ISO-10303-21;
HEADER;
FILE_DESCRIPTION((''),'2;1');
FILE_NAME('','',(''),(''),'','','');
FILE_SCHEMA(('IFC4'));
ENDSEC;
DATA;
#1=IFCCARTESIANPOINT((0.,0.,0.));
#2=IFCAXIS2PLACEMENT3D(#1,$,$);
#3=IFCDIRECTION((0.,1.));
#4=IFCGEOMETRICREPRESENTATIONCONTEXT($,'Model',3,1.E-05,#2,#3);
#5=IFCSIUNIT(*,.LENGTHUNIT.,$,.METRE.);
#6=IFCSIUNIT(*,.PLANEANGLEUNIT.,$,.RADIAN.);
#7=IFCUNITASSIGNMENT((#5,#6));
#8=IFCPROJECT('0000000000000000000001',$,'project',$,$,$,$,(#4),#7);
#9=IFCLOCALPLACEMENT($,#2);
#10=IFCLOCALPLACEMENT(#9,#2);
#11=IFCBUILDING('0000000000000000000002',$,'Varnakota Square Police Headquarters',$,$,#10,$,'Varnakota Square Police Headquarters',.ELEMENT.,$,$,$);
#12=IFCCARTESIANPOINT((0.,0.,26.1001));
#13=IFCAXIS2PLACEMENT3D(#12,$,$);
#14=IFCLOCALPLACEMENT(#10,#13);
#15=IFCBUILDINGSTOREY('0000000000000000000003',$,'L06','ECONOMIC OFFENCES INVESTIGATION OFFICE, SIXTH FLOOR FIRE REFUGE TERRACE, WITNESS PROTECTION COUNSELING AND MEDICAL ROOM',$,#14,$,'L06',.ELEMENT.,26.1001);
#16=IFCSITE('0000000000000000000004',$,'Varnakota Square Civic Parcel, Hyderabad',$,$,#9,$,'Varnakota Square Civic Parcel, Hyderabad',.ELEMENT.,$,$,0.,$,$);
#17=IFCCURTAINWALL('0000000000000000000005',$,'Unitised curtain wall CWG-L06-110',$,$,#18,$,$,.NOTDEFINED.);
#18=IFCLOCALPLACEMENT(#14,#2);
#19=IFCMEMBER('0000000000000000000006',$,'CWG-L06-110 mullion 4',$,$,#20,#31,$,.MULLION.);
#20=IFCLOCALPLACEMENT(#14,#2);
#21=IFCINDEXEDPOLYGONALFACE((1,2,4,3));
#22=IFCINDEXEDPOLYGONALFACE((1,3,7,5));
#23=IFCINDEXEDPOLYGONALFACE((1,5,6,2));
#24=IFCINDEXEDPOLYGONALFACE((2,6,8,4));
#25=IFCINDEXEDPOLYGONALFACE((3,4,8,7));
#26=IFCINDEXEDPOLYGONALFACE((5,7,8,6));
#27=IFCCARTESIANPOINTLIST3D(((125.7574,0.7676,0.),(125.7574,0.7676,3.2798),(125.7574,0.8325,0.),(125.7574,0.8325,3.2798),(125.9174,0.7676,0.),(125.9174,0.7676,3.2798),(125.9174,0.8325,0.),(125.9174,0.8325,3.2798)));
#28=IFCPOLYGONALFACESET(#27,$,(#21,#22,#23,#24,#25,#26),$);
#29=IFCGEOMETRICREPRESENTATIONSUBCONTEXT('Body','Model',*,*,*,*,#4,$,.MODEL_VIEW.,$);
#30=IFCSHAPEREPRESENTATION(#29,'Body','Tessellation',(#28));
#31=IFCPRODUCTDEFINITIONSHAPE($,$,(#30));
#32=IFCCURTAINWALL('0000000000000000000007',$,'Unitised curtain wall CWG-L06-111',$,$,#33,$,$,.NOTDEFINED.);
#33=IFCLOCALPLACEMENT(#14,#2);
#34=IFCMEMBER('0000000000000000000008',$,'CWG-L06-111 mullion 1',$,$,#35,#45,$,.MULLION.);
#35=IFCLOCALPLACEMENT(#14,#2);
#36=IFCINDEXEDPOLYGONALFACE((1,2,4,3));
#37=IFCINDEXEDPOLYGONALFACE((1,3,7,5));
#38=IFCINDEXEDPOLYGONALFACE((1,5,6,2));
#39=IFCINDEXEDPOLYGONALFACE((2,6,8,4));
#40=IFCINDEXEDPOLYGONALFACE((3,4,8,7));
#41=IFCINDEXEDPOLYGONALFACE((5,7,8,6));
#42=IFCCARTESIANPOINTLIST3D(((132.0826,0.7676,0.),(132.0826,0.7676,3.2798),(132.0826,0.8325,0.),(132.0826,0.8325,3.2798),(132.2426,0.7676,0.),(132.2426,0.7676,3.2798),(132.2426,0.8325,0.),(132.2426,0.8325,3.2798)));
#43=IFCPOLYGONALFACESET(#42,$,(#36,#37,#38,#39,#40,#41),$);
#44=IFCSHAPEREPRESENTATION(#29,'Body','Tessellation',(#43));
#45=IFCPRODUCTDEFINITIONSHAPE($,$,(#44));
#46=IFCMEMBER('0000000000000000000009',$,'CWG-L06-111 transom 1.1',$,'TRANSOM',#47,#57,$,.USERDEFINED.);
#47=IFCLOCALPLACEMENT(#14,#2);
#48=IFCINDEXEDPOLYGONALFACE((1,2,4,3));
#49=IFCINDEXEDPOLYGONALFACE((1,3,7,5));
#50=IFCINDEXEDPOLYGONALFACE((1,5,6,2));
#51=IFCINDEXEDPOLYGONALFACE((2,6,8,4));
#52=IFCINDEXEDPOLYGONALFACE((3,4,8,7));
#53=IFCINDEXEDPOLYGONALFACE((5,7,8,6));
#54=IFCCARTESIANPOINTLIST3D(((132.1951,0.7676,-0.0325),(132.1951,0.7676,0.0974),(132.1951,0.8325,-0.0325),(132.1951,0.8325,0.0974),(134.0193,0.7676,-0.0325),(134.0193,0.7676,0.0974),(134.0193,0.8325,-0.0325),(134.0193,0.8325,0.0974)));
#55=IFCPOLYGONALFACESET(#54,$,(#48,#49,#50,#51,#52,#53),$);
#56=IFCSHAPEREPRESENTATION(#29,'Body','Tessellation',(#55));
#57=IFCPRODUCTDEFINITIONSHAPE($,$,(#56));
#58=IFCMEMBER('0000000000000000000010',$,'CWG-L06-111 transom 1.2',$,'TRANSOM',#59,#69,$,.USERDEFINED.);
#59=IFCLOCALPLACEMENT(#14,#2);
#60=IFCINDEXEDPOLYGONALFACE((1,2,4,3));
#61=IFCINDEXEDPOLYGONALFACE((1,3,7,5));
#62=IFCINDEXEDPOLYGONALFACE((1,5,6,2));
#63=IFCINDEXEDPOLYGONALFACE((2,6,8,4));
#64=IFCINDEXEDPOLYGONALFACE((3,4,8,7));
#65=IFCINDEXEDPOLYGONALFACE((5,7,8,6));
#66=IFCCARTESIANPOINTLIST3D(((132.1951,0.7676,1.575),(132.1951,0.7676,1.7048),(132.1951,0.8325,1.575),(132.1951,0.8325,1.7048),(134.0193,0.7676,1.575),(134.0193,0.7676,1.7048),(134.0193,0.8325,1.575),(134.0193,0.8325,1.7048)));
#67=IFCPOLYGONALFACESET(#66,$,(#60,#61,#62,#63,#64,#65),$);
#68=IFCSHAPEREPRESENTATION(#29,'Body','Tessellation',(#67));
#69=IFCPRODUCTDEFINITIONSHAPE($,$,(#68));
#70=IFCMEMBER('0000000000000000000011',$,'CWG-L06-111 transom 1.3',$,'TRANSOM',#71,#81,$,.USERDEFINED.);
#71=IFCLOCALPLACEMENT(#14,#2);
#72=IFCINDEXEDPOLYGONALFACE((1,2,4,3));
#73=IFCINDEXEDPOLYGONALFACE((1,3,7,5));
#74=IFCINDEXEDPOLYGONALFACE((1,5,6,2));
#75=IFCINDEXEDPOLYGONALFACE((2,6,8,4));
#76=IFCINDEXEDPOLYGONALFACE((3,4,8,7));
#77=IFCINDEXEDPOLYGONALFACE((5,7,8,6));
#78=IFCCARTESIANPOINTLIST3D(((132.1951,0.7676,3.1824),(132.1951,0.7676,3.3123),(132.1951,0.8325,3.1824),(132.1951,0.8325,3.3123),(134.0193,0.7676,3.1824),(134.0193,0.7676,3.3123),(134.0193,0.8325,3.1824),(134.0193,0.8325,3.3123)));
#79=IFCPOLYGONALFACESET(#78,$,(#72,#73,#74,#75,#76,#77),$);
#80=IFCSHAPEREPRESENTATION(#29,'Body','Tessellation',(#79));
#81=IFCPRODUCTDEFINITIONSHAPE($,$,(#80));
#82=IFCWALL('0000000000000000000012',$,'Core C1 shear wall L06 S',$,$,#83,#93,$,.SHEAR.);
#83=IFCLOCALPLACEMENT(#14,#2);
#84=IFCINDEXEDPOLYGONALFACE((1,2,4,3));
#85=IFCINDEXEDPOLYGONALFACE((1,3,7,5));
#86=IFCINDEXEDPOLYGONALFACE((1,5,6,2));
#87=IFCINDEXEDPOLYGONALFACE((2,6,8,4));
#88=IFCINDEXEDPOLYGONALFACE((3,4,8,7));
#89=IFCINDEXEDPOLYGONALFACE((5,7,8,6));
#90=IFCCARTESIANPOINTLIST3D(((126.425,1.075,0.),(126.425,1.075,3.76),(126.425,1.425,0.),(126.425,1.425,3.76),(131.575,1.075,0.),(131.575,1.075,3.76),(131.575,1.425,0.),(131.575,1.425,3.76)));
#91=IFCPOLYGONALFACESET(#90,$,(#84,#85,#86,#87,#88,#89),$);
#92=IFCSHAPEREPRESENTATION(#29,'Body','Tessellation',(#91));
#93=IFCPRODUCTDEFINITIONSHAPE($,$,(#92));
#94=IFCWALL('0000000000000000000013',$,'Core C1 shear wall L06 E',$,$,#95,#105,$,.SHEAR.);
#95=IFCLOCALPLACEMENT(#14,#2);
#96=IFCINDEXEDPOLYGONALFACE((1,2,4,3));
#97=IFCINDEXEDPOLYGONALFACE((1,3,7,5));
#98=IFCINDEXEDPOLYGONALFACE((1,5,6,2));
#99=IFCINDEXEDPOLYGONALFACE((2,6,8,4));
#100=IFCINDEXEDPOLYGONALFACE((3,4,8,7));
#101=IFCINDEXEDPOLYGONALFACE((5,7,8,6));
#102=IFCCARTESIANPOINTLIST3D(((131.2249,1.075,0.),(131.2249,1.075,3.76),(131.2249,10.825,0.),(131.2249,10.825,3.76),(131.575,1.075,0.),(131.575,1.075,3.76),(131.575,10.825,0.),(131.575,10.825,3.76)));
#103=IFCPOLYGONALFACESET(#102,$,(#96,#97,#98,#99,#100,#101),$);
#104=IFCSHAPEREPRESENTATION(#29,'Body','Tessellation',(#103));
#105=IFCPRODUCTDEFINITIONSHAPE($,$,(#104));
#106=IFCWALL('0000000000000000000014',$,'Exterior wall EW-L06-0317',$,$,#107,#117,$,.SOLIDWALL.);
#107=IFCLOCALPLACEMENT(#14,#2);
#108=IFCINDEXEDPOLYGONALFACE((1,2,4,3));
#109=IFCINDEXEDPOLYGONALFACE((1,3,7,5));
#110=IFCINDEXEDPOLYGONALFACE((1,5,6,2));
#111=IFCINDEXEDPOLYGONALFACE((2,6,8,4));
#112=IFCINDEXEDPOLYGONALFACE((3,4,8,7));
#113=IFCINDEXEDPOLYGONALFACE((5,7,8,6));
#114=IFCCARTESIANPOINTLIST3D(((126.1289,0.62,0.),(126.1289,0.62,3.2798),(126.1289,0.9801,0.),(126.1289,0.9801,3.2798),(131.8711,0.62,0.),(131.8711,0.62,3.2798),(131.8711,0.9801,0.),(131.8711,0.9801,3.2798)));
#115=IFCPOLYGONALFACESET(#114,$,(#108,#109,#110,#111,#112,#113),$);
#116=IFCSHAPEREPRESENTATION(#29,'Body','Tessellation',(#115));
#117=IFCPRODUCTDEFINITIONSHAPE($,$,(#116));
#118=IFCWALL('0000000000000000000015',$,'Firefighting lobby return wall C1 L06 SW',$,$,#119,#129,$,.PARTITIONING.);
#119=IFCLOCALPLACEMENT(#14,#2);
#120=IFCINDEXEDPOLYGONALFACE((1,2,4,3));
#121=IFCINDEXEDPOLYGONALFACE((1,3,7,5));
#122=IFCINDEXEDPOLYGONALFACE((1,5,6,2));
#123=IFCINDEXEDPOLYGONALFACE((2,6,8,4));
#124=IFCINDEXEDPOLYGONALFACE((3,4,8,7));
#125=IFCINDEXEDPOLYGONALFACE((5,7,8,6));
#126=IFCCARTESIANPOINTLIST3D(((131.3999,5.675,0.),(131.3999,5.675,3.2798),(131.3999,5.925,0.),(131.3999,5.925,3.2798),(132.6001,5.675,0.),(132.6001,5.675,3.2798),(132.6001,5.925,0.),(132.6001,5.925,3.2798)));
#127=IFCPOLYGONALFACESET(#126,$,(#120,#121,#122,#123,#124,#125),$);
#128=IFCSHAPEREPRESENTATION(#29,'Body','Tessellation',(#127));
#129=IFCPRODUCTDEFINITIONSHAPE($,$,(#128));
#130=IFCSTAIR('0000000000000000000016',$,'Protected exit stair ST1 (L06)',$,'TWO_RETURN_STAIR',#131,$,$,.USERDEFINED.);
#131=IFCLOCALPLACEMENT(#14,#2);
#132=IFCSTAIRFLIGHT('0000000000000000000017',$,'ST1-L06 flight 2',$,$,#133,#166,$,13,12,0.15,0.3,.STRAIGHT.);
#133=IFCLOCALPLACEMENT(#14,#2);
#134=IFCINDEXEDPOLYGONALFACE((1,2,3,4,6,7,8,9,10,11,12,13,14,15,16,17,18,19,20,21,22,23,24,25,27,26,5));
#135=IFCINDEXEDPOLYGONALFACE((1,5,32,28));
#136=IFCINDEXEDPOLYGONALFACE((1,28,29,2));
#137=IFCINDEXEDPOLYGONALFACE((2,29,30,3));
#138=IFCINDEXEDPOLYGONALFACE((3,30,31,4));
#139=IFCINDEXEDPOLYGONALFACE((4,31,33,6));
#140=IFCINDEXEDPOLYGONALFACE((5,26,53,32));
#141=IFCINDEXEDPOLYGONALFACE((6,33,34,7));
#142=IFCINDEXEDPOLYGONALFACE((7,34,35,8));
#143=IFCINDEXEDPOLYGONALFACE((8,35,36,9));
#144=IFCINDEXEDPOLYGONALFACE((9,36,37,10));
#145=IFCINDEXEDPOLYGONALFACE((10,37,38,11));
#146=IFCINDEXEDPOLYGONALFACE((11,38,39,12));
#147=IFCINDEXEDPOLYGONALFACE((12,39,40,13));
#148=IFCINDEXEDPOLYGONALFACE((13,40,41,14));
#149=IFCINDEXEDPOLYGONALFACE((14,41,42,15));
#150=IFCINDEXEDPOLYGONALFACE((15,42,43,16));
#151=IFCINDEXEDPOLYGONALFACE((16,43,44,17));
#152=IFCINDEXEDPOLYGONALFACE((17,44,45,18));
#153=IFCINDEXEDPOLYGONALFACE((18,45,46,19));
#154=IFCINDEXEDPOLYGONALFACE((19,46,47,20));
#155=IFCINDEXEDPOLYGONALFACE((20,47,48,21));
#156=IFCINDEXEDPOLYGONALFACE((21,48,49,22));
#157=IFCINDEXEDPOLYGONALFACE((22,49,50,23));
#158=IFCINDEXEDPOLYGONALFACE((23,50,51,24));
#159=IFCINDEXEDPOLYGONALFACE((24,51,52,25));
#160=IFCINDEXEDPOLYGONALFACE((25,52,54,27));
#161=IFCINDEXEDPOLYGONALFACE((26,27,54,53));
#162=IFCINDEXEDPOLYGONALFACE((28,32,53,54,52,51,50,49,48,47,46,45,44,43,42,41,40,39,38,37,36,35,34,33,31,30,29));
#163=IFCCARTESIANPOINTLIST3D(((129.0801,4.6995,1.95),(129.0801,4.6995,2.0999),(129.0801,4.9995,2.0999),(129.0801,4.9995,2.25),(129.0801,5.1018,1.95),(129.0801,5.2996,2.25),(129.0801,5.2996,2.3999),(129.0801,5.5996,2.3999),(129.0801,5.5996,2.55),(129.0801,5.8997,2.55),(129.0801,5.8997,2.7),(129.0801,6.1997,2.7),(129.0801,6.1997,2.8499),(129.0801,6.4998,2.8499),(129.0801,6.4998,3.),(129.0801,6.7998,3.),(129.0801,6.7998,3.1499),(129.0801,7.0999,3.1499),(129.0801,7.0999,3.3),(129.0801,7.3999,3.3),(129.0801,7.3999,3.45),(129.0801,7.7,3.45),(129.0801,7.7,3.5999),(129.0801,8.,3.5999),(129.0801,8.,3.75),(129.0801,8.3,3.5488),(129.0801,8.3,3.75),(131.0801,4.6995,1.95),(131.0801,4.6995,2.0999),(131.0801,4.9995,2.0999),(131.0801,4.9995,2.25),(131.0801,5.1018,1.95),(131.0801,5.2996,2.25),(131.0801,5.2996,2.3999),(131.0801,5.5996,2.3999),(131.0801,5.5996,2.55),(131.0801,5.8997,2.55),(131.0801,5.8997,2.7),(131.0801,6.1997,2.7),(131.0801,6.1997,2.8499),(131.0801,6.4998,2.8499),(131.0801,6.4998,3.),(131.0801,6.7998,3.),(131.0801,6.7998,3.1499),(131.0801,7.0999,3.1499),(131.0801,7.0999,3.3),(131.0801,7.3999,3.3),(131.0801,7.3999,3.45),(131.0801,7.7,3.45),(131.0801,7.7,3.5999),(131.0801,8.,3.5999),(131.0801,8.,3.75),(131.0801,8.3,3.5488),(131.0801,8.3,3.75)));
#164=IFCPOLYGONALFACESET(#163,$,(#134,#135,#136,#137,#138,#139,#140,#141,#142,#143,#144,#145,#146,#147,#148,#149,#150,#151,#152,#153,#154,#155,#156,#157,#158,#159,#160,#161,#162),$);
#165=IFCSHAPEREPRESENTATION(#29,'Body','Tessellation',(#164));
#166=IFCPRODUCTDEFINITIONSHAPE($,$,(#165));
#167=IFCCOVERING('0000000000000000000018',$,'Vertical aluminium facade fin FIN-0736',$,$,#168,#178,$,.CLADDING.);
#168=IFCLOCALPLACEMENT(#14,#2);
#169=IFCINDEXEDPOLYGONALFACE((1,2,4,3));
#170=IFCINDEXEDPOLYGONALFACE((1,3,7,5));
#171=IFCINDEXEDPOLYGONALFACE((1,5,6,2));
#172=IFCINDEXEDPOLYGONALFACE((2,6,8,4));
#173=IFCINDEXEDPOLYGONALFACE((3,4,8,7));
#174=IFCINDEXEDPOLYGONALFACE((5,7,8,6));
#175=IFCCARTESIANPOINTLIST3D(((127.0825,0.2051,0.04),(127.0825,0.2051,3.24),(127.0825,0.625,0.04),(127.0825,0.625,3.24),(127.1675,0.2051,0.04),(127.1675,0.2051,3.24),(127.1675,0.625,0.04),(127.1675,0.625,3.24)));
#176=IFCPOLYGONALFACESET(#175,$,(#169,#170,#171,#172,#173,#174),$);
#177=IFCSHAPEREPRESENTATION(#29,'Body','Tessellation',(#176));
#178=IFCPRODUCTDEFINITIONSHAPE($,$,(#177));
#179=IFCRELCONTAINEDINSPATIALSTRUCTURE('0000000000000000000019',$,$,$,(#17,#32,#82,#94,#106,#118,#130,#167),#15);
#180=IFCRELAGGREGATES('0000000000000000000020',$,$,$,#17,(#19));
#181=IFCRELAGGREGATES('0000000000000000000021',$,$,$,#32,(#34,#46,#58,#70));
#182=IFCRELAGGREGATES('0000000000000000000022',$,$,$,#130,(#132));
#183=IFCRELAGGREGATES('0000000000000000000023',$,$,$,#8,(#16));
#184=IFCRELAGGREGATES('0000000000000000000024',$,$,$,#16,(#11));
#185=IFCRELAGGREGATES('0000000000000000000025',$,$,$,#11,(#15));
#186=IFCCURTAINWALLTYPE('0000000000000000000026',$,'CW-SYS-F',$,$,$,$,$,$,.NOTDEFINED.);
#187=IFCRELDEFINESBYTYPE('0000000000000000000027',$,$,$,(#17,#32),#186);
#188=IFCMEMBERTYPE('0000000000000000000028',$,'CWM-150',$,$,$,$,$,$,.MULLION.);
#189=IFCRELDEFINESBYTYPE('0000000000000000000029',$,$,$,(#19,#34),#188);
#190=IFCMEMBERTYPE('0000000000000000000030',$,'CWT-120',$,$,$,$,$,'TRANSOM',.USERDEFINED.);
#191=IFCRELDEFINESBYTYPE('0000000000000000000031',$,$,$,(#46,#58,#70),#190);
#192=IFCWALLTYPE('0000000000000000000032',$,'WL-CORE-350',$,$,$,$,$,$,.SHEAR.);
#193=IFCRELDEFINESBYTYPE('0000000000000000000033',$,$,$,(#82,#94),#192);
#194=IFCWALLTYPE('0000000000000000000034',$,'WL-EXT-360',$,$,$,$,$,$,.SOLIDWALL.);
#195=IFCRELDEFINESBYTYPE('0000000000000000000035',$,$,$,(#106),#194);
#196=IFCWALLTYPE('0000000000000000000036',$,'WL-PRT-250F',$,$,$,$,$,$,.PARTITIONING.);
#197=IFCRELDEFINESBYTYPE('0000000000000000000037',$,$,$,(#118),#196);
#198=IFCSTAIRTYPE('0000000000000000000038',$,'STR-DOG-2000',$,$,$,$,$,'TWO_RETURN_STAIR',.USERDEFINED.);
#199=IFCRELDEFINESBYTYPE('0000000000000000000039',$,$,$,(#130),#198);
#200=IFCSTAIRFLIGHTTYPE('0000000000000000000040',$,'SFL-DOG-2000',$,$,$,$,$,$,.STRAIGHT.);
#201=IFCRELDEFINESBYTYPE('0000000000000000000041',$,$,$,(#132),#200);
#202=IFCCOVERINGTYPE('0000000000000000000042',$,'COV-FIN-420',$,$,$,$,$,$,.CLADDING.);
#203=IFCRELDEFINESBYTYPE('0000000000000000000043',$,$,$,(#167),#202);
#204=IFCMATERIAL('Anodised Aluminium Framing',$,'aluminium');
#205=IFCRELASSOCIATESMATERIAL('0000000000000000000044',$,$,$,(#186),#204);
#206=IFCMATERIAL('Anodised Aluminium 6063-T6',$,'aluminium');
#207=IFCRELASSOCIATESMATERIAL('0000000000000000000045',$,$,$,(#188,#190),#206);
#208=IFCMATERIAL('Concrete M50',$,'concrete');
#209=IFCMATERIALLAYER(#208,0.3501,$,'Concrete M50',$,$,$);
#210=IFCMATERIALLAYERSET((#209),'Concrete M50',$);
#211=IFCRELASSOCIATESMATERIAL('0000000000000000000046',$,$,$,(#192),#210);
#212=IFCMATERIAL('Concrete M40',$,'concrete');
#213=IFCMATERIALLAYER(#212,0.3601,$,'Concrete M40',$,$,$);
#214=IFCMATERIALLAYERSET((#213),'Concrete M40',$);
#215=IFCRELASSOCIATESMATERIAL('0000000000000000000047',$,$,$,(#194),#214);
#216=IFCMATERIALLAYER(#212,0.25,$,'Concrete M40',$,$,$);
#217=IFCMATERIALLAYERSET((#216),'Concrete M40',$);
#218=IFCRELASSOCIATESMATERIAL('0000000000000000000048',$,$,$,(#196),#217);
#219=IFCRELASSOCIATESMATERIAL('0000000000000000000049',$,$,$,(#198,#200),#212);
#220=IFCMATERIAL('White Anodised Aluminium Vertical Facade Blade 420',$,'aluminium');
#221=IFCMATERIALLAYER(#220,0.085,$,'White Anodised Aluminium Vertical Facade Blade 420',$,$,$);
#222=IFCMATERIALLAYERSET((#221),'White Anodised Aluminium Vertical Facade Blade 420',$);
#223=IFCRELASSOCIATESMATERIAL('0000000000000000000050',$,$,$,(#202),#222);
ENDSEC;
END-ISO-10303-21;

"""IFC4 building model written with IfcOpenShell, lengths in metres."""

from ifc_helpers import new_model, si_unit, direction, frame, frame_2d, origin, origin_2d, place, context, subcontext, project, spatial, polyline, rectangle, outline, extrude, material, layer, layer_set, material_profile, profile_set, type_object, element, aggregate, save


model = new_model("IFC4")

# Units and contexts
model_context = context("Model", 3, precision=1e-05, world=origin(), true_north=direction((0.0, 1.0)))
body_context = subcontext(model_context, "Body", "Model", "MODEL_VIEW")
ifc_project = project(units=[si_unit("LENGTHUNIT", "METRE"), si_unit("PLANEANGLEUNIT", "RADIAN")], contexts=[model_context])

# Site, building, storey
site_placement = place(None, origin())
site = spatial("IfcSite", under=ifc_project, at=site_placement, Name="Varnakota Square Civic Parcel, Hyderabad", LongName="Varnakota Square Civic Parcel, Hyderabad", CompositionType="ELEMENT", RefElevation=0.0)
building_placement = place(site_placement, origin())
building = spatial("IfcBuilding", under=site, at=building_placement, Name="Varnakota Square Police Headquarters", LongName="Varnakota Square Police Headquarters", CompositionType="ELEMENT")
storey_placement = place(building_placement, frame((0.0, 0.0, 26.1001)))
storey = spatial("IfcBuildingStorey", under=building, at=storey_placement, Name="L06", Description="ECONOMIC OFFENCES INVESTIGATION OFFICE, SIXTH FLOOR FIRE REFUGE TERRACE, WITNESS PROTECTION COUNSELING AND MEDICAL ROOM", LongName="L06", CompositionType="ELEMENT", Elevation=26.1001)

# Curtain wall, member
ifc_material_1 = material(Name="Anodised Aluminium Framing", Category="aluminium")
curtain_wall_type = type_object("IfcCurtainWallType", Name="CW-SYS-F", PredefinedType="NOTDEFINED", material=ifc_material_1)
curtain_wall_1_placement = place(storey_placement, origin())
curtain_wall_1 = element("IfcCurtainWall", 1, at=curtain_wall_1_placement, inside=storey, type_object=curtain_wall_type, Name="Unitised curtain wall CWG-L06-110", PredefinedType="NOTDEFINED")
ifc_material_2 = material(Name="Anodised Aluminium 6063-T6", Category="aluminium")
ifc_material_profile_1 = material_profile(ifc_material_2, rectangle(XDim=0.0649, YDim=0.1599, at=origin_2d()), Name="ALU MULLION 65x160")
ifc_profile_set_1 = profile_set([ifc_material_profile_1], Name="Anodised Aluminium 6063-T6")
member_type_1 = type_object("IfcMemberType", Name="CWM-150", PredefinedType="MULLION", material=ifc_profile_set_1)
member_1_placement = place(storey_placement, frame((125.8374, 0.8, 0.0), z_axis=(0.0, 0.0, 1.0), x_axis=(0.0, 1.0, 0.0)))
member_1 = element("IfcMember", 2, at=member_1_placement, type_object=member_type_1, Name="CWG-L06-110 mullion 4", PredefinedType="MULLION", context=body_context, shape_type="SweptSolid", body=[
    extrude(rectangle(XDim=0.0649, YDim=0.1599, at=origin_2d()), origin(), (0.0, 0.0, 1.0), 3.2798),
])
aggregate(curtain_wall_1, [member_1])

# Curtain wall, members
curtain_wall_2_placement = place(storey_placement, origin())
curtain_wall_2 = element("IfcCurtainWall", 3, at=curtain_wall_2_placement, inside=storey, type_object=curtain_wall_type, Name="Unitised curtain wall CWG-L06-111", PredefinedType="NOTDEFINED")
member_2_placement = place(storey_placement, frame((132.1626, 0.8, 0.0), z_axis=(0.0, 0.0, 1.0), x_axis=(0.0, 1.0, 0.0)))
member_2 = element("IfcMember", 4, at=member_2_placement, type_object=member_type_1, Name="CWG-L06-111 mullion 1", PredefinedType="MULLION", context=body_context, shape_type="SweptSolid", body=[
    extrude(rectangle(XDim=0.0649, YDim=0.1599, at=origin_2d()), origin(), (0.0, 0.0, 1.0), 3.2798),
])
ifc_material_profile_2 = material_profile(ifc_material_2, rectangle(XDim=0.0649, YDim=0.1299, at=origin_2d()), Name="ALU TRANSOM 65x130")
ifc_profile_set_2 = profile_set([ifc_material_profile_2], Name="Anodised Aluminium 6063-T6")
member_type_2 = type_object("IfcMemberType", Name="CWT-120", ElementType="TRANSOM", PredefinedType="USERDEFINED", material=ifc_profile_set_2)
member_3_placement = place(storey_placement, frame((132.1951, 0.8, 0.0325), z_axis=(1.0, 0.0, 0.0), x_axis=(0.0, 1.0, 0.0)))
member_3 = element("IfcMember", 5, at=member_3_placement, type_object=member_type_2, Name="CWG-L06-111 transom 1.1", ObjectType="TRANSOM", PredefinedType="USERDEFINED", context=body_context, shape_type="SweptSolid", body=[
    extrude(rectangle(XDim=0.0649, YDim=0.1299, at=origin_2d()), origin(), (0.0, 0.0, 1.0), 1.8242),
])
member_4_placement = place(storey_placement, frame((132.1951, 0.8, 1.6399), z_axis=(1.0, 0.0, 0.0), x_axis=(0.0, 1.0, 0.0)))
member_4 = element("IfcMember", 6, at=member_4_placement, type_object=member_type_2, Name="CWG-L06-111 transom 1.2", ObjectType="TRANSOM", PredefinedType="USERDEFINED", context=body_context, shape_type="SweptSolid", body=[
    extrude(rectangle(XDim=0.0649, YDim=0.1299, at=origin_2d()), origin(), (0.0, 0.0, 1.0), 1.8242),
])
member_5_placement = place(storey_placement, frame((132.1951, 0.8, 3.2473), z_axis=(1.0, 0.0, 0.0), x_axis=(0.0, 1.0, 0.0)))
member_5 = element("IfcMember", 7, at=member_5_placement, type_object=member_type_2, Name="CWG-L06-111 transom 1.3", ObjectType="TRANSOM", PredefinedType="USERDEFINED", context=body_context, shape_type="SweptSolid", body=[
    extrude(rectangle(XDim=0.0649, YDim=0.1299, at=origin_2d()), origin(), (0.0, 0.0, 1.0), 1.8242),
])
aggregate(curtain_wall_2, [member_2, member_3, member_4, member_5])

# Walls
ifc_material_3 = material(Name="Concrete M50", Category="concrete")
ifc_layer_1 = layer(ifc_material_3, 0.3501, Name="Concrete M50")
ifc_layer_set_1 = layer_set([ifc_layer_1], Name="Concrete M50")
wall_type_1 = type_object("IfcWallType", Name="WL-CORE-350", PredefinedType="SHEAR", material=ifc_layer_set_1)
wall_1_placement = place(storey_placement, frame((126.425, 1.25, 0.0), z_axis=(0.0, 0.0, 1.0), x_axis=(1.0, 0.0, 0.0)))
element("IfcWall", 8, at=wall_1_placement, inside=storey, type_object=wall_type_1, Name="Core C1 shear wall L06 S", PredefinedType="SHEAR", context=body_context, shape_type="SweptSolid", body=[
    extrude(rectangle(XDim=5.1499, YDim=0.3501, at=frame_2d((2.575, 0.0))), origin(), (0.0, 0.0, 1.0), 3.76),
])
wall_2_placement = place(storey_placement, frame((131.3999, 1.075, 0.0), z_axis=(0.0, 0.0, 1.0), x_axis=(0.0, 1.0, 0.0)))
element("IfcWall", 9, at=wall_2_placement, inside=storey, type_object=wall_type_1, Name="Core C1 shear wall L06 E", PredefinedType="SHEAR", context=body_context, shape_type="SweptSolid", body=[
    extrude(rectangle(XDim=9.75, YDim=0.3501, at=frame_2d((4.875, 0.0))), origin(), (0.0, 0.0, 1.0), 3.76),
])
ifc_material_4 = material(Name="Concrete M40", Category="concrete")
ifc_layer_2 = layer(ifc_material_4, 0.3601, Name="Concrete M40")
ifc_layer_set_2 = layer_set([ifc_layer_2], Name="Concrete M40")
wall_type_2 = type_object("IfcWallType", Name="WL-EXT-360", PredefinedType="SOLIDWALL", material=ifc_layer_set_2)
wall_3_placement = place(storey_placement, frame((126.1289, 0.8, 0.0), z_axis=(0.0, 0.0, 1.0), x_axis=(1.0, 0.0, 0.0)))
element("IfcWall", 10, at=wall_3_placement, inside=storey, type_object=wall_type_2, Name="Exterior wall EW-L06-0317", PredefinedType="SOLIDWALL", context=body_context, shape_type="SweptSolid", body=[
    extrude(rectangle(XDim=5.7422, YDim=0.3601, at=frame_2d((2.8711, 0.0))), origin(), (0.0, 0.0, 1.0), 3.2798),
])
ifc_layer_3 = layer(ifc_material_4, 0.25, Name="Concrete M40")
ifc_layer_set_3 = layer_set([ifc_layer_3], Name="Concrete M40")
wall_type_3 = type_object("IfcWallType", Name="WL-PRT-250F", PredefinedType="PARTITIONING", material=ifc_layer_set_3)
wall_4_placement = place(storey_placement, frame((131.3999, 5.8, 0.0), z_axis=(0.0, 0.0, 1.0), x_axis=(1.0, 0.0, 0.0)))
element("IfcWall", 11, at=wall_4_placement, inside=storey, type_object=wall_type_3, Name="Firefighting lobby return wall C1 L06 SW", PredefinedType="PARTITIONING", context=body_context, shape_type="SweptSolid", body=[
    extrude(rectangle(XDim=1.2002, YDim=0.25, at=frame_2d((0.6001, 0.0))), origin(), (0.0, 0.0, 1.0), 3.2798),
])

# Stair, stair flight
stair_type = type_object("IfcStairType", Name="STR-DOG-2000", ElementType="TWO_RETURN_STAIR", PredefinedType="USERDEFINED", material=ifc_material_4)
stair_placement = place(storey_placement, origin())
stair = element("IfcStair", 12, at=stair_placement, inside=storey, type_object=stair_type, Name="Protected exit stair ST1 (L06)", ObjectType="TWO_RETURN_STAIR", PredefinedType="USERDEFINED")
stair_flight_type = type_object("IfcStairFlightType", Name="SFL-DOG-2000", PredefinedType="STRAIGHT", material=ifc_material_4)
stair_flight_placement = place(storey_placement, frame((130.0801, 4.6995, 1.95), z_axis=(0.0, 0.0, 1.0), x_axis=(0.0, 1.0, 0.0)))
stair_flight = element("IfcStairFlight", 13, at=stair_flight_placement, type_object=stair_flight_type, Name="ST1-L06 flight 2", NumberOfRisers=13, NumberOfTreads=12, PredefinedType="STRAIGHT", RiserHeight=0.15, TreadLength=0.3, context=body_context, shape_type="SweptSolid", body=[
    extrude(outline(polyline([(0.0, 0.0), (0.0, 0.1499), (0.3, 0.1499), (0.3, 0.3), (0.6001, 0.3), (0.6001, 0.45), (0.9001, 0.45), (0.9001, 0.6001), (1.2002, 0.6001), (1.2002, 0.75), (1.5002, 0.75), (1.5002, 0.8999), (1.8003, 0.8999), (1.8003, 1.05), (2.1003, 1.05), (2.1003, 1.2), (2.4004, 1.2), (2.4004, 1.3501), (2.7004, 1.3501), (2.7004, 1.5), (3.0005, 1.5), (3.0005, 1.6499), (3.3005, 1.6499), (3.3005, 1.8), (3.6006, 1.8), (3.6006, 1.95), (3.6006, 1.5989), (0.4023, 0.0), (0.0, 0.0)])), frame((0.0, 1.0, 0.0), z_axis=(0.0, -1.0, 0.0), x_axis=(1.0, 0.0, 0.0)), (0.0, 0.0, 1.0), 2.0),
])
aggregate(stair, [stair_flight])

# Covering
ifc_material_5 = material(Name="White Anodised Aluminium Vertical Facade Blade 420", Category="aluminium")
ifc_layer_4 = layer(ifc_material_5, 0.085, Name="White Anodised Aluminium Vertical Facade Blade 420")
ifc_layer_set_4 = layer_set([ifc_layer_4], Name="White Anodised Aluminium Vertical Facade Blade 420")
covering_type_1 = type_object("IfcCoveringType", Name="COV-FIN-420", PredefinedType="CLADDING", material=ifc_layer_set_4)
covering_1_placement = place(storey_placement, frame((127.125, 0.415, 0.04), z_axis=(0.0, 0.0, 1.0), x_axis=(1.0, 0.0, 0.0)))
element("IfcCovering", 14, at=covering_1_placement, inside=storey, type_object=covering_type_1, Name="Vertical aluminium facade fin FIN-0736", PredefinedType="CLADDING", context=body_context, shape_type="SweptSolid", body=[
    extrude(rectangle(XDim=0.085, YDim=0.4199, at=origin_2d()), origin(), (0.0, 0.0, 1.0), 3.2),
])

save(model, "model.ifc")
